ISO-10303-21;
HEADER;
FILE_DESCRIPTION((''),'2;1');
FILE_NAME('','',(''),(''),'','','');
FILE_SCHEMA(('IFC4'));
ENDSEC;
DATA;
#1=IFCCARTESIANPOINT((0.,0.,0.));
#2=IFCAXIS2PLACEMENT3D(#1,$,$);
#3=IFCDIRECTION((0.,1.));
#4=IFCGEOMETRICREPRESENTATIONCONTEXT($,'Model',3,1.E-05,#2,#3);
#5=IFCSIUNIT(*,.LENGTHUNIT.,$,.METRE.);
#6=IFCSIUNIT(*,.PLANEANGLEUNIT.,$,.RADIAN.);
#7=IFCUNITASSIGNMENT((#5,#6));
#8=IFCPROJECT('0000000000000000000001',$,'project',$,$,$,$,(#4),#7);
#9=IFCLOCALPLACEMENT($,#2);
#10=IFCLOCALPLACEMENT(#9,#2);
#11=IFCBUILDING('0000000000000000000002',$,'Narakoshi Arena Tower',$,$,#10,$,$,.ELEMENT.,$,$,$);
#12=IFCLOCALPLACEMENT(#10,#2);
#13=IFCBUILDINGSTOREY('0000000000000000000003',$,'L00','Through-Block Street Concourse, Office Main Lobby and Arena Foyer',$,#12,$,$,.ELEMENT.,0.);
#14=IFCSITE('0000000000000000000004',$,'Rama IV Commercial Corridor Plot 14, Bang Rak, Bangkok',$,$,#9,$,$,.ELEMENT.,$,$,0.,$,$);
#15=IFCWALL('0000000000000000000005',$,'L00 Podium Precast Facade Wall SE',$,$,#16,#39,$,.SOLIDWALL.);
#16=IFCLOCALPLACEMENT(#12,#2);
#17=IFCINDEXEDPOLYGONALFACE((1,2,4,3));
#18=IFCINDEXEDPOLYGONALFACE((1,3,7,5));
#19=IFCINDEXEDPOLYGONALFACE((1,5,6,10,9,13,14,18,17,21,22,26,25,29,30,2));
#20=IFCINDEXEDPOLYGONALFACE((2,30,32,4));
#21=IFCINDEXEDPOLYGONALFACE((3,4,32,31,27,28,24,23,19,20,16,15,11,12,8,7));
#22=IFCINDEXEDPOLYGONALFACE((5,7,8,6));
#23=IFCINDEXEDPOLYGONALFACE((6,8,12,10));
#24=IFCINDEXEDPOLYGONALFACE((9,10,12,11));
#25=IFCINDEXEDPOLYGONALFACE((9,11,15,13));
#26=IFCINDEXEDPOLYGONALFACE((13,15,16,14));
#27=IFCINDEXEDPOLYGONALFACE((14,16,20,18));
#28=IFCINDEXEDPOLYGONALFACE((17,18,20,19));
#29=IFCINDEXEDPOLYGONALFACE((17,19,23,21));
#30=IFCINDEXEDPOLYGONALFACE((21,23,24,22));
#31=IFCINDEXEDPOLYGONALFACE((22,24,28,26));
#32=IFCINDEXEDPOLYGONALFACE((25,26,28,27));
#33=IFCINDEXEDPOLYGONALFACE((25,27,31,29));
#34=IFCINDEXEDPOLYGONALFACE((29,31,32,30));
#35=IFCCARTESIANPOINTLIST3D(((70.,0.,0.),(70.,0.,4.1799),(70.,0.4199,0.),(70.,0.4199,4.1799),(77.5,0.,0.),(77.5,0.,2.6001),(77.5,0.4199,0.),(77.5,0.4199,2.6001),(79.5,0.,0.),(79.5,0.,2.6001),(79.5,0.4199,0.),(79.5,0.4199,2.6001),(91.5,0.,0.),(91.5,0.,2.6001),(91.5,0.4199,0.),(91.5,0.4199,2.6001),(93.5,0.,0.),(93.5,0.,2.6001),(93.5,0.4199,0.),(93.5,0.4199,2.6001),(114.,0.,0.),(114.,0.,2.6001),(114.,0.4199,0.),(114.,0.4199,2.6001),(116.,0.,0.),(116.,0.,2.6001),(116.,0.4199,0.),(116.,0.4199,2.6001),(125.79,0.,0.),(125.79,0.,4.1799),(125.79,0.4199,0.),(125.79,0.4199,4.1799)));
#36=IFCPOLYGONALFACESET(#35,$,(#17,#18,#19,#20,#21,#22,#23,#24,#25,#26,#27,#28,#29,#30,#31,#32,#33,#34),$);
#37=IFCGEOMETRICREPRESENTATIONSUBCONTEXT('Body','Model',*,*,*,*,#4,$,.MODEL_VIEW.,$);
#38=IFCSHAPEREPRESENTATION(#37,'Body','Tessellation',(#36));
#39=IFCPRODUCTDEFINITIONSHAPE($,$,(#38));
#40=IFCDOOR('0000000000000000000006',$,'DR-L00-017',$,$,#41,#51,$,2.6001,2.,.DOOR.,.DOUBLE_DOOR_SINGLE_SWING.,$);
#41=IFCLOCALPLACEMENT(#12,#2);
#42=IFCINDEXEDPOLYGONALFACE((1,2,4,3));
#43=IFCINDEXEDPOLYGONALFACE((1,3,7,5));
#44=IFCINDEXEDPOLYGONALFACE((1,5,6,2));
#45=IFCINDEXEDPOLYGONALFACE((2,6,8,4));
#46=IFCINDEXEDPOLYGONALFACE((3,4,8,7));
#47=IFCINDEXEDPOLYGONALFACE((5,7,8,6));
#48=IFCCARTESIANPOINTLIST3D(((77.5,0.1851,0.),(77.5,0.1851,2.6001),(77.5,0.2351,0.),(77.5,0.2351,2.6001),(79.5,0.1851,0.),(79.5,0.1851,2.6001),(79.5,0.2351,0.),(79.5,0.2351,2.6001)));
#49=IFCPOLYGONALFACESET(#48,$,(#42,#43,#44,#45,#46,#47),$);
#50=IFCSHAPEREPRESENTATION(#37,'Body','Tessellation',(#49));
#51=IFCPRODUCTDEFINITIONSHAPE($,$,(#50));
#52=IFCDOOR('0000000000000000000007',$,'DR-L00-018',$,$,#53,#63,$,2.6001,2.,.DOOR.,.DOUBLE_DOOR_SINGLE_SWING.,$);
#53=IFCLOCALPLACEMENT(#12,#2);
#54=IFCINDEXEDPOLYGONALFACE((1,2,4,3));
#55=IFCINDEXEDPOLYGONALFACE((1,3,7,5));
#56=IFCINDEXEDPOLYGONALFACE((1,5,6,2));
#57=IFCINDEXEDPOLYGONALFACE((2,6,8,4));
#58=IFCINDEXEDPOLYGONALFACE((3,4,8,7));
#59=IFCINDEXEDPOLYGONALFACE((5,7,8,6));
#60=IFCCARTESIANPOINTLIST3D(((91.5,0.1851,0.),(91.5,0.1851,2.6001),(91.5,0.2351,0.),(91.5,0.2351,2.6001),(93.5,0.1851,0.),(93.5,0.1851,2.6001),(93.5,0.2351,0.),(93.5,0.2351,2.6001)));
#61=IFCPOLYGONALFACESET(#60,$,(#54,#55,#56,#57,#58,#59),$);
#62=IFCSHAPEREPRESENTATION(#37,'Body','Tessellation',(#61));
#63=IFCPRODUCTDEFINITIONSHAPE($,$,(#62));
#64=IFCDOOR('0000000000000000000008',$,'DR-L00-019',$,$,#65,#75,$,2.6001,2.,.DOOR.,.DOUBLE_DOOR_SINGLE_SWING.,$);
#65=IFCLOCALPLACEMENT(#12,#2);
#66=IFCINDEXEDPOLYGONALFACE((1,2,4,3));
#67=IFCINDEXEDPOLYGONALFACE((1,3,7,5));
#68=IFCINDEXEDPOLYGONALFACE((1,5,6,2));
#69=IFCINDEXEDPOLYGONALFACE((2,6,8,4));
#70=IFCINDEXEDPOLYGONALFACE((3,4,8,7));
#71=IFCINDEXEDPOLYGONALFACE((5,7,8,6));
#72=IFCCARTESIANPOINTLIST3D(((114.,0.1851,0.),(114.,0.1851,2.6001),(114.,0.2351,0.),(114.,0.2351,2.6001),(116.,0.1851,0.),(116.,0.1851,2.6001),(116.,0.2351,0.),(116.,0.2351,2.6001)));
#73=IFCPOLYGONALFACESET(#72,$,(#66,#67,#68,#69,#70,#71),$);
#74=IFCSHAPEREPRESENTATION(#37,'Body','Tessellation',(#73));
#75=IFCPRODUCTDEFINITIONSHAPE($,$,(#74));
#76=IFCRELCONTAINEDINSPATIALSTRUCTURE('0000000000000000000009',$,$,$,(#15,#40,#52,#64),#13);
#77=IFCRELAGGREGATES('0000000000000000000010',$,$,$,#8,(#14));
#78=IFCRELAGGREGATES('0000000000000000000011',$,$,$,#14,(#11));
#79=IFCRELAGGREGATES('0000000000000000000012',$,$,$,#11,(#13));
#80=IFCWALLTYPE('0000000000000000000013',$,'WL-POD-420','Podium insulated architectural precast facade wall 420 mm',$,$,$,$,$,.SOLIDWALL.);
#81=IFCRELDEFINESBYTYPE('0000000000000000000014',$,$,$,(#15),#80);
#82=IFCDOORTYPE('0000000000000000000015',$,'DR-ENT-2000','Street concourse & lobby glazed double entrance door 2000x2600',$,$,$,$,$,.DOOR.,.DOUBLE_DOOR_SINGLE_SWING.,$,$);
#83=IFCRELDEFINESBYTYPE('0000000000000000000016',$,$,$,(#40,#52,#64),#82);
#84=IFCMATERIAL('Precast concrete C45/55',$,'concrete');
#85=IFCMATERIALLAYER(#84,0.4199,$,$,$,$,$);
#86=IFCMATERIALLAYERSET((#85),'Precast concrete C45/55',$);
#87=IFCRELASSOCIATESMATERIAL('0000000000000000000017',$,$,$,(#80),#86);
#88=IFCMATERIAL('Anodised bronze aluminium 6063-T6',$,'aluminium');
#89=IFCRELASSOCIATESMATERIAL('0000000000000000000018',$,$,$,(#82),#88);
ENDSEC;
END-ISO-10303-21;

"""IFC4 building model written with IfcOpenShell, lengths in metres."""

from ifc_helpers import new_model, si_unit, direction, frame, frame_2d, origin, place, context, subcontext, project, spatial, rectangle, extrude, material, layer, layer_set, type_object, element, fill, save


model = new_model("IFC4")

# Units and contexts
model_context = context("Model", 3, precision=1e-05, world=origin(), true_north=direction((0.0, 1.0)))
body_context = subcontext(model_context, "Body", "Model", "MODEL_VIEW")
ifc_project = project(units=[si_unit("LENGTHUNIT", "METRE"), si_unit("PLANEANGLEUNIT", "RADIAN")], contexts=[model_context])

# Site, building, storey
site_placement = place(None, origin())
site = spatial("IfcSite", under=ifc_project, at=site_placement, Name="Rama IV Commercial Corridor Plot 14, Bang Rak, Bangkok", CompositionType="ELEMENT", RefElevation=0.0)
building_placement = place(site_placement, origin())
building = spatial("IfcBuilding", under=site, at=building_placement, Name="Narakoshi Arena Tower", CompositionType="ELEMENT")
storey_placement = place(building_placement, origin())
storey = spatial("IfcBuildingStorey", under=building, at=storey_placement, Name="L00", Description="Through-Block Street Concourse, Office Main Lobby and Arena Foyer", CompositionType="ELEMENT", Elevation=0.0)

# Shared definitions
ifc_material_1 = material(Name="Anodised bronze aluminium 6063-T6", Category="aluminium")

# Wall, openings, doors
ifc_material_2 = material(Name="Precast concrete C45/55", Category="concrete")
ifc_layer_1 = layer(ifc_material_2, 0.4199)
ifc_layer_set_1 = layer_set([ifc_layer_1], Name="Precast concrete C45/55")
wall_type = type_object("IfcWallType", Name="WL-POD-420", Description="Podium insulated architectural precast facade wall 420 mm", PredefinedType="SOLIDWALL", material=ifc_layer_set_1)
wall_placement = place(storey_placement, frame((70.0, 0.21, 0.0), z_axis=(0.0, 0.0, 1.0), x_axis=(1.0, 0.0, 0.0)))
wall = element("IfcWall", 1, at=wall_placement, inside=storey, type_object=wall_type, Name="L00 Podium Precast Facade Wall SE", PredefinedType="SOLIDWALL", context=body_context, shape_type="SweptSolid", body=[
    extrude(rectangle(XDim=55.79, YDim=0.4199, at=frame_2d((27.895, 0.0))), origin(), (0.0, 0.0, 1.0), 4.1799),
])
opening_1_placement = place(wall_placement, frame((7.5, 0.0, 0.0)))
opening_1 = element("IfcOpeningElement", 2, at=opening_1_placement, cuts=wall, PredefinedType="OPENING", context=body_context, shape_type="SweptSolid", body=[
    extrude(rectangle(XDim=2.0, YDim=2.6001, at=frame_2d((1.0, 1.3))), frame((0.0, 0.22, 0.0), z_axis=(0.0, -1.0, 0.0), x_axis=(1.0, 0.0, 0.0)), (0.0, 0.0, 1.0), 0.4399),
])
opening_2_placement = place(wall_placement, frame((21.5, 0.0, 0.0)))
opening_2 = element("IfcOpeningElement", 3, at=opening_2_placement, cuts=wall, PredefinedType="OPENING", context=body_context, shape_type="SweptSolid", body=[
    extrude(rectangle(XDim=2.0, YDim=2.6001, at=frame_2d((1.0, 1.3))), frame((0.0, 0.22, 0.0), z_axis=(0.0, -1.0, 0.0), x_axis=(1.0, 0.0, 0.0)), (0.0, 0.0, 1.0), 0.4399),
])
opening_3_placement = place(wall_placement, frame((44.0, 0.0, 0.0)))
opening_3 = element("IfcOpeningElement", 4, at=opening_3_placement, cuts=wall, PredefinedType="OPENING", context=body_context, shape_type="SweptSolid", body=[
    extrude(rectangle(XDim=2.0, YDim=2.6001, at=frame_2d((1.0, 1.3))), frame((0.0, 0.22, 0.0), z_axis=(0.0, -1.0, 0.0), x_axis=(1.0, 0.0, 0.0)), (0.0, 0.0, 1.0), 0.4399),
])
door_type = type_object("IfcDoorType", Name="DR-ENT-2000", Description="Street concourse & lobby glazed double entrance door 2000x2600", OperationType="DOUBLE_DOOR_SINGLE_SWING", PredefinedType="DOOR", material=ifc_material_1)
door_1_placement = place(opening_1_placement, frame((2.0, 0.0, 0.0), z_axis=(0.0, 0.0, 1.0), x_axis=(-1.0, 0.0, 0.0)))
door_1 = element("IfcDoor", 5, at=door_1_placement, inside=storey, type_object=door_type, Name="DR-L00-017", OperationType="DOUBLE_DOOR_SINGLE_SWING", OverallHeight=2.6001, OverallWidth=2.0, PredefinedType="DOOR", context=body_context, shape_type="SweptSolid", body=[
    extrude(rectangle(XDim=2.0, YDim=2.6001, at=frame_2d((1.0, 1.3))), frame((0.0, 0.0249, 0.0), z_axis=(0.0, -1.0, 0.0), x_axis=(1.0, 0.0, 0.0)), (0.0, 0.0, 1.0), 0.05),
])
fill(opening_1, door_1)
door_2_placement = place(opening_2_placement, frame((2.0, 0.0, 0.0), z_axis=(0.0, 0.0, 1.0), x_axis=(-1.0, 0.0, 0.0)))
door_2 = element("IfcDoor", 6, at=door_2_placement, inside=storey, type_object=door_type, Name="DR-L00-018", OperationType="DOUBLE_DOOR_SINGLE_SWING", OverallHeight=2.6001, OverallWidth=2.0, PredefinedType="DOOR", context=body_context, shape_type="SweptSolid", body=[
    extrude(rectangle(XDim=2.0, YDim=2.6001, at=frame_2d((1.0, 1.3))), frame((0.0, 0.0249, 0.0), z_axis=(0.0, -1.0, 0.0), x_axis=(1.0, 0.0, 0.0)), (0.0, 0.0, 1.0), 0.05),
])
fill(opening_2, door_2)
door_3_placement = place(opening_3_placement, frame((2.0, 0.0, 0.0), z_axis=(0.0, 0.0, 1.0), x_axis=(-1.0, 0.0, 0.0)))
door_3 = element("IfcDoor", 7, at=door_3_placement, inside=storey, type_object=door_type, Name="DR-L00-019", OperationType="DOUBLE_DOOR_SINGLE_SWING", OverallHeight=2.6001, OverallWidth=2.0, PredefinedType="DOOR", context=body_context, shape_type="SweptSolid", body=[
    extrude(rectangle(XDim=2.0, YDim=2.6001, at=frame_2d((1.0, 1.3))), frame((0.0, 0.0249, 0.0), z_axis=(0.0, -1.0, 0.0), x_axis=(1.0, 0.0, 0.0)), (0.0, 0.0, 1.0), 0.05),
])
fill(opening_3, door_3)

save(model, "model.ifc")
